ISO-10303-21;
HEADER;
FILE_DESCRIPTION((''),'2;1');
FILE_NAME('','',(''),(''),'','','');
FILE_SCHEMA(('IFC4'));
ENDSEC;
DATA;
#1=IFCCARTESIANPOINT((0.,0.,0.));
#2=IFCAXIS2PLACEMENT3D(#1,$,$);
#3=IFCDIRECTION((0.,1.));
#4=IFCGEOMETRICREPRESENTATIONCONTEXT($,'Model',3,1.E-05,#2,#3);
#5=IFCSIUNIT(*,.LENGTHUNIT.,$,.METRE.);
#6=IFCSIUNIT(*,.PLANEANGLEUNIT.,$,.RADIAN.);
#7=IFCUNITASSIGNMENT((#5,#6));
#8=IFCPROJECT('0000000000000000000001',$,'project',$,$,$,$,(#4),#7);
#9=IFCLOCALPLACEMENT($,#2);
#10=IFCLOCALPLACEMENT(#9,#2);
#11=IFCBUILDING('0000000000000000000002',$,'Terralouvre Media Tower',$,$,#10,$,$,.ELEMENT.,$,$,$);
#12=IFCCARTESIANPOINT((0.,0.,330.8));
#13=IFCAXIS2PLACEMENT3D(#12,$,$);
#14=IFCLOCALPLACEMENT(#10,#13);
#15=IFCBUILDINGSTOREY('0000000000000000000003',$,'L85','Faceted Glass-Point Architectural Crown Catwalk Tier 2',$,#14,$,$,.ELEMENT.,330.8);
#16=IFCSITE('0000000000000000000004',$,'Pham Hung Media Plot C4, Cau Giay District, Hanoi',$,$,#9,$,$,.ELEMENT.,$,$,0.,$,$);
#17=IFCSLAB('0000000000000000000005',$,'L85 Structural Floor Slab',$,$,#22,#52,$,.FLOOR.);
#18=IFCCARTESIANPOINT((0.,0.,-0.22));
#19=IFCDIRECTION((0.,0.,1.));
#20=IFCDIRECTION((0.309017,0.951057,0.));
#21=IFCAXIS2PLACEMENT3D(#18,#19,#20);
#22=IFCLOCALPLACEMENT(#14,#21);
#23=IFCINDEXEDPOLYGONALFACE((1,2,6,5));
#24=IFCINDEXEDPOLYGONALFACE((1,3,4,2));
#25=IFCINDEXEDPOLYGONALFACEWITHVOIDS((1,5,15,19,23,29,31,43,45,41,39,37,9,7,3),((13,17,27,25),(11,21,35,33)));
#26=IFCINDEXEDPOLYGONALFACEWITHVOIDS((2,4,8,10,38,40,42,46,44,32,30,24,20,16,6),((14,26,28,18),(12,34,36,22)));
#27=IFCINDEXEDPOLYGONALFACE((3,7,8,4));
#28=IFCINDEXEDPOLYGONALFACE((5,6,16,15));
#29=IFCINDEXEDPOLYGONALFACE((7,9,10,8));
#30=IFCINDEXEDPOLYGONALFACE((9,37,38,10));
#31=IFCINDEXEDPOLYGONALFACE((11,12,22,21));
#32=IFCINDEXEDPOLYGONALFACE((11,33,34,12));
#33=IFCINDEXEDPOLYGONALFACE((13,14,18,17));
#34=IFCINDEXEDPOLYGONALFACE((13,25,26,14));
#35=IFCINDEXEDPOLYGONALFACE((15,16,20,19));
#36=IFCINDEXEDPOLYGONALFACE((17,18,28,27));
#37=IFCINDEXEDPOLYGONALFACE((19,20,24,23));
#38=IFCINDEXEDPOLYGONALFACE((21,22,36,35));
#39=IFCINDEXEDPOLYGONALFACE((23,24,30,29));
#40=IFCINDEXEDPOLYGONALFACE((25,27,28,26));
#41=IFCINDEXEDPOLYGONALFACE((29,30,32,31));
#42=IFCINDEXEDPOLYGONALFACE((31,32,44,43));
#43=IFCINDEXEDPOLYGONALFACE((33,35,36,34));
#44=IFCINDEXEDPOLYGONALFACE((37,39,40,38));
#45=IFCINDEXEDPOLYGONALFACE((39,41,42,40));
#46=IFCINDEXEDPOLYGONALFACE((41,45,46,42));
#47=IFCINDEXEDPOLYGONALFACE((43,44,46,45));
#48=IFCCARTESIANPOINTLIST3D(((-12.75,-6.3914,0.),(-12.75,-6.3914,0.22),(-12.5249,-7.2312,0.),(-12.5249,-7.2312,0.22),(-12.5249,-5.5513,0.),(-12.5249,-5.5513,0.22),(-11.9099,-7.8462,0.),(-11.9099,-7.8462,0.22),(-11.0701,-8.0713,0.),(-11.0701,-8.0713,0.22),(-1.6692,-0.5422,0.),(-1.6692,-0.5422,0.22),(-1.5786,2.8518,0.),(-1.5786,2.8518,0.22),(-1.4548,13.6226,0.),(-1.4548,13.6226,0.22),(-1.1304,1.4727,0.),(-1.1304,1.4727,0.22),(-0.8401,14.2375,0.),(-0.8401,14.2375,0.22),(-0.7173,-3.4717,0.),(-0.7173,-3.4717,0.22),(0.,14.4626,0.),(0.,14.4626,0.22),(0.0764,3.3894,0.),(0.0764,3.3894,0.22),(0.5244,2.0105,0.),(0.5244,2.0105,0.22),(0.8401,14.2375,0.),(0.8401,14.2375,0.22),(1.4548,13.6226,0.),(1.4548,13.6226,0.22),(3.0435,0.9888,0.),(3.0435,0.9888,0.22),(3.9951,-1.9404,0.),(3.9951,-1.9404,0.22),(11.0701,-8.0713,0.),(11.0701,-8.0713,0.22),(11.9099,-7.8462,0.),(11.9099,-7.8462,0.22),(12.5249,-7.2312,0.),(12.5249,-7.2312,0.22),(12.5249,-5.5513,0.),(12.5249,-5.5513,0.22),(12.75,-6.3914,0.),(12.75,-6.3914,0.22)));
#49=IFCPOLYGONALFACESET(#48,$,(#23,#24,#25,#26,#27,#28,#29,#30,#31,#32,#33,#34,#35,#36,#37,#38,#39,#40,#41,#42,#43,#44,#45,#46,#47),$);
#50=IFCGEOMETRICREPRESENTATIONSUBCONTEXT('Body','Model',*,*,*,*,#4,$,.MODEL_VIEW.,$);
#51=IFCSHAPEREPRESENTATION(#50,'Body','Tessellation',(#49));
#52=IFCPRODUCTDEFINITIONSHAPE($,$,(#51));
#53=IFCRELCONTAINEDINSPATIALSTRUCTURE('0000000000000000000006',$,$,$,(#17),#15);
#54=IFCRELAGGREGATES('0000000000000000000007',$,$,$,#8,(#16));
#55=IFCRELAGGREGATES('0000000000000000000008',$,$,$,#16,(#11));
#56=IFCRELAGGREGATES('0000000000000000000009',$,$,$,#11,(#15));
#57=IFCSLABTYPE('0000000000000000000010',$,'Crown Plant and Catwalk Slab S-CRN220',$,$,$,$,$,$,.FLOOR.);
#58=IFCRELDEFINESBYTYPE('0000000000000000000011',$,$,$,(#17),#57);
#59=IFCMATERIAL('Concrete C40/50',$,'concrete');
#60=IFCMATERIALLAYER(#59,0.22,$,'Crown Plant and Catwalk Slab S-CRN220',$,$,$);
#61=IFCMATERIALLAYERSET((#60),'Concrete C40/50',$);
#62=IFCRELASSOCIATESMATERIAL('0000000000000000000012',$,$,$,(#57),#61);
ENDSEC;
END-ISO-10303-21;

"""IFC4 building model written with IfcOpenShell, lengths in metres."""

from ifc_helpers import new_model, si_unit, direction, frame, origin, place, context, subcontext, project, spatial, polyline, outline, extrude, material, layer, layer_set, type_object, element, save


model = new_model("IFC4")

# Units and contexts
model_context = context("Model", 3, precision=1e-05, world=origin(), true_north=direction((0.0, 1.0)))
body_context = subcontext(model_context, "Body", "Model", "MODEL_VIEW")
ifc_project = project(units=[si_unit("LENGTHUNIT", "METRE"), si_unit("PLANEANGLEUNIT", "RADIAN")], contexts=[model_context])

# Site, building, storey
site_placement = place(None, origin())
site = spatial("IfcSite", under=ifc_project, at=site_placement, Name="Pham Hung Media Plot C4, Cau Giay District, Hanoi", CompositionType="ELEMENT", RefElevation=0.0)
building_placement = place(site_placement, origin())
building = spatial("IfcBuilding", under=site, at=building_placement, Name="Terralouvre Media Tower", CompositionType="ELEMENT")
storey_placement = place(building_placement, frame((0.0, 0.0, 330.8)))
storey = spatial("IfcBuildingStorey", under=building, at=storey_placement, Name="L85", Description="Faceted Glass-Point Architectural Crown Catwalk Tier 2", CompositionType="ELEMENT", Elevation=330.8)

# Slab
ifc_material_1 = material(Name="Concrete C40/50", Category="concrete")
ifc_layer_1 = layer(ifc_material_1, 0.22, Name="Crown Plant and Catwalk Slab S-CRN220")
ifc_layer_set_1 = layer_set([ifc_layer_1], Name="Concrete C40/50")
slab_type_1 = type_object("IfcSlabType", Name="Crown Plant and Catwalk Slab S-CRN220", PredefinedType="FLOOR", material=ifc_layer_set_1)
slab_1_placement = place(storey_placement, frame((0.0, 0.0, -0.22), z_axis=(0.0, 0.0, 1.0), x_axis=(0.309017, 0.951057, 0.0)))
element("IfcSlab", 1, at=slab_1_placement, inside=storey, type_object=slab_type_1, Name="L85 Structural Floor Slab", PredefinedType="FLOOR", context=body_context, shape_type="SweptSolid", body=[
    extrude(outline(polyline([(-12.5249, -5.5513), (-12.75, -6.3914), (-12.5249, -7.2312), (-11.9099, -7.8462), (-11.0701, -8.0713), (11.0701, -8.0713), (11.9099, -7.8462), (12.5249, -7.2312), (12.75, -6.3914), (12.5249, -5.5513), (1.4548, 13.6226), (0.8401, 14.2375), (0.0, 14.4626), (-0.8401, 14.2375), (-1.4548, 13.6226), (-12.5249, -5.5513)]), holes=[polyline([(-1.5786, 2.8518), (0.0764, 3.3894), (0.5244, 2.0105), (-1.1304, 1.4727), (-1.5786, 2.8518)]), polyline([(-1.6692, -0.5422), (3.0435, 0.9888), (3.9951, -1.9404), (-0.7173, -3.4717), (-1.6692, -0.5422)])]), origin(), (0.0, 0.0, 1.0), 0.22),
])

save(model, "model.ifc")
